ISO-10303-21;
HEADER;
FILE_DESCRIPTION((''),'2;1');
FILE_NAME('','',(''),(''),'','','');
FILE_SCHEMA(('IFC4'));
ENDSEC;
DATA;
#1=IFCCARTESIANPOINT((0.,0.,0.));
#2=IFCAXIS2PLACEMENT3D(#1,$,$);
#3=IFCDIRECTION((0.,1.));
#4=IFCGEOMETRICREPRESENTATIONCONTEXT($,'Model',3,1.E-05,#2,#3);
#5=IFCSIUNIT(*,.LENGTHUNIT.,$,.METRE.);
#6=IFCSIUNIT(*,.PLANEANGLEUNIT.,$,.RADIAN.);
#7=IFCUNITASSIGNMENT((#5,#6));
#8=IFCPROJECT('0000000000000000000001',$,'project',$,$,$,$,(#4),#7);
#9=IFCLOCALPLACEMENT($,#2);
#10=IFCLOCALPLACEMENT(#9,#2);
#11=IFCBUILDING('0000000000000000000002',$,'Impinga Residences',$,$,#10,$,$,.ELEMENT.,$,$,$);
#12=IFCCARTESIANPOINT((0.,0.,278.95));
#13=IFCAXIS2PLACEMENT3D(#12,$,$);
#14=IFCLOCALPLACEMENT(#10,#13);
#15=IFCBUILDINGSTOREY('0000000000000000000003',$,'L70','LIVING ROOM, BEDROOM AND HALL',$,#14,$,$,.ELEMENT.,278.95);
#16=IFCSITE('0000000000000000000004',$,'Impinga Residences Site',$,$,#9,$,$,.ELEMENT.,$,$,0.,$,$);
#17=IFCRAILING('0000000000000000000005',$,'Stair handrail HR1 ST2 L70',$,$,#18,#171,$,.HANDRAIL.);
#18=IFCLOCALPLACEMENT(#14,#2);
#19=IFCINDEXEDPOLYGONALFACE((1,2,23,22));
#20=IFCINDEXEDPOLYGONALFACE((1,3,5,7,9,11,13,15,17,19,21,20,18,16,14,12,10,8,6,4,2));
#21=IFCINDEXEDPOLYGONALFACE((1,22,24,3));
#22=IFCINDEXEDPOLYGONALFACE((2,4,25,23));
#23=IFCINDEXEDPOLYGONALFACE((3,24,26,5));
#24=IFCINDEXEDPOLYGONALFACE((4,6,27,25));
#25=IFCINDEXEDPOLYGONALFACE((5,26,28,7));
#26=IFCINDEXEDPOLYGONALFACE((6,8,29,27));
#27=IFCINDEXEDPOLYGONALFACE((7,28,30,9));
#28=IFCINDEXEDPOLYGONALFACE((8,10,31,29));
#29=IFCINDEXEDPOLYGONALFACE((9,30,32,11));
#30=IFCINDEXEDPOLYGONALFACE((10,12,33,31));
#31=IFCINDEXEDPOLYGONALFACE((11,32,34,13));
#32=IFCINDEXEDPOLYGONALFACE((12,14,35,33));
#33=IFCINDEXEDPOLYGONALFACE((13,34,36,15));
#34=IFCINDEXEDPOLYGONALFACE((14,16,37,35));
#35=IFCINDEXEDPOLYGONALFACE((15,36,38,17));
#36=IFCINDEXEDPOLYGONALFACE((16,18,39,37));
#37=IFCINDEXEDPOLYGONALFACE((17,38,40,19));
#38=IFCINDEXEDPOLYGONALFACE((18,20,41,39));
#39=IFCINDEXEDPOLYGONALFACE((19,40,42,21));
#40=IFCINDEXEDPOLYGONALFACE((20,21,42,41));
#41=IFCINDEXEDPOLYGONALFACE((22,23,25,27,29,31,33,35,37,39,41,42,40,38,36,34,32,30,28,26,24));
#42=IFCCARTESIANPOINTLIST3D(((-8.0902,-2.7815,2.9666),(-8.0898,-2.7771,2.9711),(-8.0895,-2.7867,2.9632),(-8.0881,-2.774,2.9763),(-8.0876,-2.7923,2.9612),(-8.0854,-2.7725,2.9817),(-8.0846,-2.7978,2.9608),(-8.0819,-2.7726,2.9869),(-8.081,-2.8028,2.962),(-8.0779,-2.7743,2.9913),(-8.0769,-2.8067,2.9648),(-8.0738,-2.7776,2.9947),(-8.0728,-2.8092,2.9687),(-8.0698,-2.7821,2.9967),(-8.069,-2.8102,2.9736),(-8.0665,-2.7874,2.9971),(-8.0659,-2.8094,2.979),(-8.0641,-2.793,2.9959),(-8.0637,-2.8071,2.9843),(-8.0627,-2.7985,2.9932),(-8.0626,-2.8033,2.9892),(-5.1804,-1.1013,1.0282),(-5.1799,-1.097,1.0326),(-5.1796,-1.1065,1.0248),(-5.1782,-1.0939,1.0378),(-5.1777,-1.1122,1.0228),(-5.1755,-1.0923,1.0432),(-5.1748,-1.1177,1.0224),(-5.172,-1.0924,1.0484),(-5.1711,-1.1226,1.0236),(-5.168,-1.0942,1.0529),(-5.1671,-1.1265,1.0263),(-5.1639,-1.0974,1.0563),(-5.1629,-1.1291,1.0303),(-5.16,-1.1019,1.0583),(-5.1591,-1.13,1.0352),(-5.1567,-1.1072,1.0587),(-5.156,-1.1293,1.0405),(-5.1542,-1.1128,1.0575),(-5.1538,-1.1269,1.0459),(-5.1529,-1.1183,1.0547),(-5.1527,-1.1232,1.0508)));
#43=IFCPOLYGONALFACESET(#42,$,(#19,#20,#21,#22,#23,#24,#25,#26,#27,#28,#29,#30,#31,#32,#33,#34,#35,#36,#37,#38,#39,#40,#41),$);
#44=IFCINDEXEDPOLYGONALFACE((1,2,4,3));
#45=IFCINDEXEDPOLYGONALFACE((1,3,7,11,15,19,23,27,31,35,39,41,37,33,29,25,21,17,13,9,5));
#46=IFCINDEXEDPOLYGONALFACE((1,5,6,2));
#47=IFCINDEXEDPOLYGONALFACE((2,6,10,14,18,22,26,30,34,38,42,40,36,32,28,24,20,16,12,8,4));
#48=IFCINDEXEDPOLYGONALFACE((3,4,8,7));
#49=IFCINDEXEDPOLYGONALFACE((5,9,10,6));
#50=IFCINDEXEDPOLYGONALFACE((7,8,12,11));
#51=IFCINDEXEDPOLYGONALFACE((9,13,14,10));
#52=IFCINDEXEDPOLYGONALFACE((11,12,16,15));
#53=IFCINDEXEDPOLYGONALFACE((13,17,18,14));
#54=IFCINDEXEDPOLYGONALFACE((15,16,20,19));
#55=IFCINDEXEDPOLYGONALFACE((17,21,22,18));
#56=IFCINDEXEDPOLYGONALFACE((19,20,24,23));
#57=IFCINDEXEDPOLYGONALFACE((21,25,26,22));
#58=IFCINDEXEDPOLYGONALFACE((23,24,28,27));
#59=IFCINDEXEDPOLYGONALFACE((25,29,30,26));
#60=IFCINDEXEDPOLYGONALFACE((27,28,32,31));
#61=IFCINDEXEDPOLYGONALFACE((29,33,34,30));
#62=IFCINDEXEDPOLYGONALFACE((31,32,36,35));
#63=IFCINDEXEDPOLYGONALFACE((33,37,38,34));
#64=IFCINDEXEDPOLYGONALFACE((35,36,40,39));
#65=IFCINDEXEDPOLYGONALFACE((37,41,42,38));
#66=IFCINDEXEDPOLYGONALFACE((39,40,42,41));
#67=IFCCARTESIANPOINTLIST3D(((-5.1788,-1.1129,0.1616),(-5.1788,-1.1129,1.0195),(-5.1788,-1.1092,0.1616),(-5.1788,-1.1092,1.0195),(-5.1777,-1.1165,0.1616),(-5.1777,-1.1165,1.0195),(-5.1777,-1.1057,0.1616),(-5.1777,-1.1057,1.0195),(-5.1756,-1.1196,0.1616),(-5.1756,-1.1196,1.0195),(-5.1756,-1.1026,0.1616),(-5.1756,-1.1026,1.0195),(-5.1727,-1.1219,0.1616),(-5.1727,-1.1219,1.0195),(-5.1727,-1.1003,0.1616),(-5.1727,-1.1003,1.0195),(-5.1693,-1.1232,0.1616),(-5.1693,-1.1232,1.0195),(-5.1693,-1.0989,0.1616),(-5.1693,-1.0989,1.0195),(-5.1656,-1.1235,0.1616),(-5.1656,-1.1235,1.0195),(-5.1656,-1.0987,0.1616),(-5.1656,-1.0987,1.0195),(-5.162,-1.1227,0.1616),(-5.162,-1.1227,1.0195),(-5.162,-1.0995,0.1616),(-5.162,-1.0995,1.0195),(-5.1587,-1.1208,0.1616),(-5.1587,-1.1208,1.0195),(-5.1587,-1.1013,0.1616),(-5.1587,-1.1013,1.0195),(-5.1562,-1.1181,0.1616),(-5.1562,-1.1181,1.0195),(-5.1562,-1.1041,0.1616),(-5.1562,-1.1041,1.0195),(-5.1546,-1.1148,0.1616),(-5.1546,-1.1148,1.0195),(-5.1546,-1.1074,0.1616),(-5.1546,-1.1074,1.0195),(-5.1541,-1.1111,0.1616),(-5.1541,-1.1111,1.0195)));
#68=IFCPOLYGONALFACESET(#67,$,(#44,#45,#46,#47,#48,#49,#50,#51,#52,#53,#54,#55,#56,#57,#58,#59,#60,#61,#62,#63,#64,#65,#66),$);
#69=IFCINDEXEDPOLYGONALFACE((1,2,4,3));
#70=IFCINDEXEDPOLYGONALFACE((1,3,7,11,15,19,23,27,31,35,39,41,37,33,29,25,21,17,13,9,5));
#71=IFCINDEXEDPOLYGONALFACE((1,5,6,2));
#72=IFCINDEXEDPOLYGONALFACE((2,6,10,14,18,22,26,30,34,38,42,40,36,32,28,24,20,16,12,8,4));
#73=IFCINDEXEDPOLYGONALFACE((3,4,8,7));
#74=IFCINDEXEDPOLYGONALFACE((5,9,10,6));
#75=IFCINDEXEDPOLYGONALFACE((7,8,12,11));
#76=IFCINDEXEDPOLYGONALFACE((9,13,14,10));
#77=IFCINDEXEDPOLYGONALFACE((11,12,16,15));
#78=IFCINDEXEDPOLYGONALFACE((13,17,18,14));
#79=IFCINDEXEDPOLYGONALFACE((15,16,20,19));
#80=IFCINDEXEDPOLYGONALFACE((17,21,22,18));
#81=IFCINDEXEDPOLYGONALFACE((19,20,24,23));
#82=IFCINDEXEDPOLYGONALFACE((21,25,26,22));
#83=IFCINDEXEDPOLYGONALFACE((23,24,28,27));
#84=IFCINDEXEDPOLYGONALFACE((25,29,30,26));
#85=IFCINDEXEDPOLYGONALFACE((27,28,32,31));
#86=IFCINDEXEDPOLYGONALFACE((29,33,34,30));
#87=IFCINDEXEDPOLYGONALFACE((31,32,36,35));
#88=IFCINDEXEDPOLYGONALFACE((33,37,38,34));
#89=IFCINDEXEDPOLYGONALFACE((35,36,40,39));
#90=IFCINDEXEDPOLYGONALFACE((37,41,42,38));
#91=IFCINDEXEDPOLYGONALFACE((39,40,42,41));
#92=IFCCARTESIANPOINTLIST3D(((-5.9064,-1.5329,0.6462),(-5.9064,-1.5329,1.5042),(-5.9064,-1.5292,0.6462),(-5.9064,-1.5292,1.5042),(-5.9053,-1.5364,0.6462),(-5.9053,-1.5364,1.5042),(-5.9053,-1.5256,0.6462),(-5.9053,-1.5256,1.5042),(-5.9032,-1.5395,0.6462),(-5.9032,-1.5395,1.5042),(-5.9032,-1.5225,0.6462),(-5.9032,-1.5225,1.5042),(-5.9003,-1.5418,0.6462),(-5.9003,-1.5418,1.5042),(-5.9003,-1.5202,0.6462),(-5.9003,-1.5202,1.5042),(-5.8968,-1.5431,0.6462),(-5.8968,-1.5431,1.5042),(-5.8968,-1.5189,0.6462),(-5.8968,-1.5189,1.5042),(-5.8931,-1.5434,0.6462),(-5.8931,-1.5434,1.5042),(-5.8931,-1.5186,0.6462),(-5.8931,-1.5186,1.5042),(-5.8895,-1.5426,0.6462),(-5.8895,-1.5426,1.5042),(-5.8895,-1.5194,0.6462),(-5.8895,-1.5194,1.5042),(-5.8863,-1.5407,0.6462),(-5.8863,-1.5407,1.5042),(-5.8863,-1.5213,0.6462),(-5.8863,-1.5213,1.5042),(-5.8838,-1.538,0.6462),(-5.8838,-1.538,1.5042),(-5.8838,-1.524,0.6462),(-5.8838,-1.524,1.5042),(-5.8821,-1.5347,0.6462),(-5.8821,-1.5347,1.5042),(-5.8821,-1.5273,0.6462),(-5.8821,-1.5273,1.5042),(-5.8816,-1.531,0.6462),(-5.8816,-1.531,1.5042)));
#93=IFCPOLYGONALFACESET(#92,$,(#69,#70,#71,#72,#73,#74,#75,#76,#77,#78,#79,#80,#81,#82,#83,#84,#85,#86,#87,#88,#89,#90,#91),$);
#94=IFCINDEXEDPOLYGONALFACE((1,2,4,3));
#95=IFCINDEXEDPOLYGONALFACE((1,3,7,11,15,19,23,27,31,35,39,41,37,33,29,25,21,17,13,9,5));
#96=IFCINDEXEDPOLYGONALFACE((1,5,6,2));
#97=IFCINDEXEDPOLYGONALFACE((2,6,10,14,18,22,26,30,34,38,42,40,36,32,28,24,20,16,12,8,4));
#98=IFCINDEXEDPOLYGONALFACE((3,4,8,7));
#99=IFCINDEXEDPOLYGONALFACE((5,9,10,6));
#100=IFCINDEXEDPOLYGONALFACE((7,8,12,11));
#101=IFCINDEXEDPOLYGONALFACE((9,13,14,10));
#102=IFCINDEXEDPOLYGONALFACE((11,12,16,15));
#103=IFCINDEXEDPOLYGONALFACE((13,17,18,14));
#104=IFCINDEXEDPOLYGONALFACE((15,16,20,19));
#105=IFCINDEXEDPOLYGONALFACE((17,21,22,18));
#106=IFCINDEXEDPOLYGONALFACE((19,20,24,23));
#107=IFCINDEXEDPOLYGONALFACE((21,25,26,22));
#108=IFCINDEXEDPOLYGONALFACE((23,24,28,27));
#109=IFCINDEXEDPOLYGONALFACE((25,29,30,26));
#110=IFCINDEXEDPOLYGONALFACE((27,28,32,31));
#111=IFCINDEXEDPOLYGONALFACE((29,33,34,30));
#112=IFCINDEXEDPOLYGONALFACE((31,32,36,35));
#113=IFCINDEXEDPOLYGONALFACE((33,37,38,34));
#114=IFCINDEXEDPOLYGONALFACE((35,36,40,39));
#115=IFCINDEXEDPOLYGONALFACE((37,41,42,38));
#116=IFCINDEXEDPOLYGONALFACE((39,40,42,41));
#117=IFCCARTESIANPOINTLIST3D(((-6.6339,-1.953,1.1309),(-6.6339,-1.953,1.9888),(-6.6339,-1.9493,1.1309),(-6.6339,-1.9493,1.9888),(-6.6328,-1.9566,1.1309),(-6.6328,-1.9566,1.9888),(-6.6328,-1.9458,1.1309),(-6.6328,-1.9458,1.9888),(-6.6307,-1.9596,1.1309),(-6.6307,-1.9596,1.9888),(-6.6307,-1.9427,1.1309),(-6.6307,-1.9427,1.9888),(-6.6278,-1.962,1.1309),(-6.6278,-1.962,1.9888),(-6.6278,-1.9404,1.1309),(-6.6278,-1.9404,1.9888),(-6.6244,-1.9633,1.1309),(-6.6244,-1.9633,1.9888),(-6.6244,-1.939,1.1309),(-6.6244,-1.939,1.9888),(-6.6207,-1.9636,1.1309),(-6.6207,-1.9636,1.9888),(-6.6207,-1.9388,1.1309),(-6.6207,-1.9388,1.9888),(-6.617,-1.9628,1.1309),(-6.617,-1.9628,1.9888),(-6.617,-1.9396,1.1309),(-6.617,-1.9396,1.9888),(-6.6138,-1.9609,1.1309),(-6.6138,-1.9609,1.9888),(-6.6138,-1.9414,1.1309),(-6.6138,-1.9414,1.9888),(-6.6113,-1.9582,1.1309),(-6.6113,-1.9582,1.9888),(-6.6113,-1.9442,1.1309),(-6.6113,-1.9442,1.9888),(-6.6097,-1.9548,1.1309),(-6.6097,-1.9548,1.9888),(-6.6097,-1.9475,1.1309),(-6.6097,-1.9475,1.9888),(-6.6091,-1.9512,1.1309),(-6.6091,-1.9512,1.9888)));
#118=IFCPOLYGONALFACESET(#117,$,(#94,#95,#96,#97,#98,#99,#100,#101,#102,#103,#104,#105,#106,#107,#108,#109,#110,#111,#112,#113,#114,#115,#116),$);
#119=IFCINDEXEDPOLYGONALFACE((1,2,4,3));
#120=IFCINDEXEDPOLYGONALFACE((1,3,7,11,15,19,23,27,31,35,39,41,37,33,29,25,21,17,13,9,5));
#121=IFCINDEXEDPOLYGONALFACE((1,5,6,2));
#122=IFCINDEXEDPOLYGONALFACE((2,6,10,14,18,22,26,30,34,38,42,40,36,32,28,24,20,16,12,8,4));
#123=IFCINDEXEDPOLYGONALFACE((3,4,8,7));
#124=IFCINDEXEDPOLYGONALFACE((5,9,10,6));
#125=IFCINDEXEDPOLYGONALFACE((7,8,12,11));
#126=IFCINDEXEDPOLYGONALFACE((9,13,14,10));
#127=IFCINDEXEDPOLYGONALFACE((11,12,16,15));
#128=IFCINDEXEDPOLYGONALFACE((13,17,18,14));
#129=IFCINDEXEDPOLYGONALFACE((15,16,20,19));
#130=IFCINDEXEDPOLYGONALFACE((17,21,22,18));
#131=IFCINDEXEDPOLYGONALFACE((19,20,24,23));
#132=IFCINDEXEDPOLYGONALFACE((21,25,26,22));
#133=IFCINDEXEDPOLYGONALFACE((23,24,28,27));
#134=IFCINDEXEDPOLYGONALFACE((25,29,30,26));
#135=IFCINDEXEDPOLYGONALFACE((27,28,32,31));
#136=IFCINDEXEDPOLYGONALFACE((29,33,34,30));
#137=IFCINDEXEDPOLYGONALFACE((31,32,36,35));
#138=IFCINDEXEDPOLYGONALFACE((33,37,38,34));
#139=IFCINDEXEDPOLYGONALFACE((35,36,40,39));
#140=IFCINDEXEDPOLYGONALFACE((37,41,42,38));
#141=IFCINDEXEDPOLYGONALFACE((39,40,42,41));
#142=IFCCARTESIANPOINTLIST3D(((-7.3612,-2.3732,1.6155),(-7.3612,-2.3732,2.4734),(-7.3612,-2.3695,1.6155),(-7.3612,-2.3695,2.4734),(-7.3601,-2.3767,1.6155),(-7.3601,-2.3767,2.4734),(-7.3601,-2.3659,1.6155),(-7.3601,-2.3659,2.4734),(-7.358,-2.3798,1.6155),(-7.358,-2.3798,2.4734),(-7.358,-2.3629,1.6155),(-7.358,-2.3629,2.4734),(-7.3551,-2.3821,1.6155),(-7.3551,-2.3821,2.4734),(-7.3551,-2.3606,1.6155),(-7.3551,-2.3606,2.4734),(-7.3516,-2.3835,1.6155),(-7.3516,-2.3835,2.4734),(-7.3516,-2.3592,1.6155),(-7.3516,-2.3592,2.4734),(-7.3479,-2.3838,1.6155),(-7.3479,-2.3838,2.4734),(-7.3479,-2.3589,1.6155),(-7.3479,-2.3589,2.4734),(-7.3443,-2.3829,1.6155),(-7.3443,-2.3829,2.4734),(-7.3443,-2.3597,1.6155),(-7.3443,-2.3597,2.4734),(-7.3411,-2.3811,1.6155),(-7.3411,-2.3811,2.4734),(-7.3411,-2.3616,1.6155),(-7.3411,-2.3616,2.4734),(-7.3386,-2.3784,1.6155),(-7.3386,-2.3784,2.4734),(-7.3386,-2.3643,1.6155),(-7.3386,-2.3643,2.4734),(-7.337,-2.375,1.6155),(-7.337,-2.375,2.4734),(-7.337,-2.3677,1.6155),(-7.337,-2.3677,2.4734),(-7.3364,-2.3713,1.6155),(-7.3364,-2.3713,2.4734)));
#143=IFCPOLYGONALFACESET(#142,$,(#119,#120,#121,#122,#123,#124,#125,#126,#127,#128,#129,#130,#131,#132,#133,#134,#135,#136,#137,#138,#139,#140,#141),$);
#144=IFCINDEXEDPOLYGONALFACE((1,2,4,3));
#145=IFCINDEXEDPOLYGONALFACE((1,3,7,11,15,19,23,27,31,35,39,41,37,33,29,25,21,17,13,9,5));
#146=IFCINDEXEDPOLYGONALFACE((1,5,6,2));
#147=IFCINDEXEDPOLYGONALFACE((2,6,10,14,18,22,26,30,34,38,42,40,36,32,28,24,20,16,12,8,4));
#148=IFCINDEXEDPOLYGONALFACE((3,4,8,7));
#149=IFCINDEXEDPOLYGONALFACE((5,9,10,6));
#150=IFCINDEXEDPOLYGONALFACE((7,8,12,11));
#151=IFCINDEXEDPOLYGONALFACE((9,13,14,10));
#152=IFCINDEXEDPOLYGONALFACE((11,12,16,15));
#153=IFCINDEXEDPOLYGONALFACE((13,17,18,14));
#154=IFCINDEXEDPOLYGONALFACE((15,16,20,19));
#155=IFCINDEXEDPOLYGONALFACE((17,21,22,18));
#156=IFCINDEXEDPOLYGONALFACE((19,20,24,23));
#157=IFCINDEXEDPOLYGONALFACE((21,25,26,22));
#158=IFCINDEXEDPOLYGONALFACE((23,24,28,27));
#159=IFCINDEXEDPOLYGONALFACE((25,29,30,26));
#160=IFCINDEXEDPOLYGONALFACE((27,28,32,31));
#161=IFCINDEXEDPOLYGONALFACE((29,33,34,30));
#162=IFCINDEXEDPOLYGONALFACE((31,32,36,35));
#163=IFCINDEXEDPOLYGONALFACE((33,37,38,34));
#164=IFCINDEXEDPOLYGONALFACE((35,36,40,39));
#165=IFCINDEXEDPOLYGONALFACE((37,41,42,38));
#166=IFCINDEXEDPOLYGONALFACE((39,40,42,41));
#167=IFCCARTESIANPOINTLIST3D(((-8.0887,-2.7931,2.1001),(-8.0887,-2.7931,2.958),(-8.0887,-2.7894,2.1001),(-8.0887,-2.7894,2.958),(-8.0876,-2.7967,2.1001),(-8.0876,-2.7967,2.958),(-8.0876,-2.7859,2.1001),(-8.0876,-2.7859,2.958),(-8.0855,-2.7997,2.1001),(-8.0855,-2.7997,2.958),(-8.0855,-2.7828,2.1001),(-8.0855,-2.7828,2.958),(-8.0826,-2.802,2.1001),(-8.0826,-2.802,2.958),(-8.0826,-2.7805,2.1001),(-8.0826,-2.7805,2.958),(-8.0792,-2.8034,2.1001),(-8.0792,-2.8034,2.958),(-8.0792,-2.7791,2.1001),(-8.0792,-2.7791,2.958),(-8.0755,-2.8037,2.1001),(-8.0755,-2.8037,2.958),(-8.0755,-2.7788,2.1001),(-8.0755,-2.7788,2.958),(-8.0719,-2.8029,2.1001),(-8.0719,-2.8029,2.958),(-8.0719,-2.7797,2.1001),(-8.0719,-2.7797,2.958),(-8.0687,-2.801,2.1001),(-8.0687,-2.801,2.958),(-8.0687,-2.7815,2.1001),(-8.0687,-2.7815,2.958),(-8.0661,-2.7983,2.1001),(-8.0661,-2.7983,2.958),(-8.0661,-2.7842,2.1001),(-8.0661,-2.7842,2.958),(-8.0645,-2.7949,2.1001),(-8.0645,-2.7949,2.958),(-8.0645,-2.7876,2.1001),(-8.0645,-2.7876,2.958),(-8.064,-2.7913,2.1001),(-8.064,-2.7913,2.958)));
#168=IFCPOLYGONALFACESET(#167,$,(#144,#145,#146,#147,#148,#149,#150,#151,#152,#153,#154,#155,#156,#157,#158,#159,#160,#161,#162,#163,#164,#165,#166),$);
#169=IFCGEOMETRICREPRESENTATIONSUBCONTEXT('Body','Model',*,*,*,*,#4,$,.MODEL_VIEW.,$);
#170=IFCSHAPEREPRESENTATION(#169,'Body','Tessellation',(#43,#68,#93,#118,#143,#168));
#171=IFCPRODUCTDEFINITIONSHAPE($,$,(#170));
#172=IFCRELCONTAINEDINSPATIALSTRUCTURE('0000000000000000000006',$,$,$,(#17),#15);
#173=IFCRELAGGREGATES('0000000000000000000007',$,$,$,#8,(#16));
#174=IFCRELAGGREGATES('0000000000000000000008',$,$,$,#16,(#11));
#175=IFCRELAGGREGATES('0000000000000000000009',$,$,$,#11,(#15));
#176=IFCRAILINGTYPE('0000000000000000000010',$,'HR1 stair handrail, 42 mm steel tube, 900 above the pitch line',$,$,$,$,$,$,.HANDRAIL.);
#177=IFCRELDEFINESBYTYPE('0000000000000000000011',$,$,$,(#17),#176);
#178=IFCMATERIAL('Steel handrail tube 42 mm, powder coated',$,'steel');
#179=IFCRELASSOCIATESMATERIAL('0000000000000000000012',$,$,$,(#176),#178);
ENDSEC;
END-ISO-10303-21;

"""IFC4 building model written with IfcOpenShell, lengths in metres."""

from ifc_helpers import new_model, si_unit, direction, frame, origin, origin_2d, place, context, subcontext, project, spatial, circle, extrude, material, type_object, element, save


model = new_model("IFC4")

# Units and contexts
model_context = context("Model", 3, precision=1e-05, world=origin(), true_north=direction((0.0, 1.0)))
body_context = subcontext(model_context, "Body", "Model", "MODEL_VIEW")
ifc_project = project(units=[si_unit("LENGTHUNIT", "METRE"), si_unit("PLANEANGLEUNIT", "RADIAN")], contexts=[model_context])

# Site, building, storey
site_placement = place(None, origin())
site = spatial("IfcSite", under=ifc_project, at=site_placement, Name="Impinga Residences Site", CompositionType="ELEMENT", RefElevation=0.0)
building_placement = place(site_placement, origin())
building = spatial("IfcBuilding", under=site, at=building_placement, Name="Impinga Residences", CompositionType="ELEMENT")
storey_placement = place(building_placement, frame((0.0, 0.0, 278.95)))
storey = spatial("IfcBuildingStorey", under=building, at=storey_placement, Name="L70", Description="LIVING ROOM, BEDROOM AND HALL", CompositionType="ELEMENT", Elevation=278.95)

# Railing
ifc_material_1 = material(Name="Steel handrail tube 42 mm, powder coated", Category="steel")
railing_type_1 = type_object("IfcRailingType", Name="HR1 stair handrail, 42 mm steel tube, 900 above the pitch line", PredefinedType="HANDRAIL", material=ifc_material_1)
railing_1_placement = place(storey_placement, frame((-5.1665, -1.1111, 0.1616)))
element("IfcRailing", 1, at=railing_1_placement, inside=storey, type_object=railing_type_1, Name="Stair handrail HR1 ST2 L70", PredefinedType="HANDRAIL", context=body_context, shape_type="SweptSolid", body=[
    extrude(circle(Radius=0.021, at=origin_2d()), frame((0.0, 0.0, 0.8789), z_axis=(-0.75013, -0.433123, 0.499709), x_axis=(0.500031, -0.866008, 0.0)), (0.0, 0.0, 1.0), 3.8792),
    extrude(circle(Radius=0.0125, at=origin_2d()), origin(), (0.0, 0.0, 1.0), 0.8579),
    extrude(circle(Radius=0.0125, at=origin_2d()), frame((-0.7275, -0.4199, 0.4846)), (0.0, 0.0, 1.0), 0.8579),
    extrude(circle(Radius=0.0125, at=origin_2d()), frame((-1.4551, -0.8401, 0.9692)), (0.0, 0.0, 1.0), 0.8579),
    extrude(circle(Radius=0.0125, at=origin_2d()), frame((-2.1824, -1.2603, 1.4539)), (0.0, 0.0, 1.0), 0.8579),
    extrude(circle(Radius=0.0125, at=origin_2d()), frame((-2.9099, -1.6802, 1.9385)), (0.0, 0.0, 1.0), 0.8579),
])

save(model, "model.ifc")
